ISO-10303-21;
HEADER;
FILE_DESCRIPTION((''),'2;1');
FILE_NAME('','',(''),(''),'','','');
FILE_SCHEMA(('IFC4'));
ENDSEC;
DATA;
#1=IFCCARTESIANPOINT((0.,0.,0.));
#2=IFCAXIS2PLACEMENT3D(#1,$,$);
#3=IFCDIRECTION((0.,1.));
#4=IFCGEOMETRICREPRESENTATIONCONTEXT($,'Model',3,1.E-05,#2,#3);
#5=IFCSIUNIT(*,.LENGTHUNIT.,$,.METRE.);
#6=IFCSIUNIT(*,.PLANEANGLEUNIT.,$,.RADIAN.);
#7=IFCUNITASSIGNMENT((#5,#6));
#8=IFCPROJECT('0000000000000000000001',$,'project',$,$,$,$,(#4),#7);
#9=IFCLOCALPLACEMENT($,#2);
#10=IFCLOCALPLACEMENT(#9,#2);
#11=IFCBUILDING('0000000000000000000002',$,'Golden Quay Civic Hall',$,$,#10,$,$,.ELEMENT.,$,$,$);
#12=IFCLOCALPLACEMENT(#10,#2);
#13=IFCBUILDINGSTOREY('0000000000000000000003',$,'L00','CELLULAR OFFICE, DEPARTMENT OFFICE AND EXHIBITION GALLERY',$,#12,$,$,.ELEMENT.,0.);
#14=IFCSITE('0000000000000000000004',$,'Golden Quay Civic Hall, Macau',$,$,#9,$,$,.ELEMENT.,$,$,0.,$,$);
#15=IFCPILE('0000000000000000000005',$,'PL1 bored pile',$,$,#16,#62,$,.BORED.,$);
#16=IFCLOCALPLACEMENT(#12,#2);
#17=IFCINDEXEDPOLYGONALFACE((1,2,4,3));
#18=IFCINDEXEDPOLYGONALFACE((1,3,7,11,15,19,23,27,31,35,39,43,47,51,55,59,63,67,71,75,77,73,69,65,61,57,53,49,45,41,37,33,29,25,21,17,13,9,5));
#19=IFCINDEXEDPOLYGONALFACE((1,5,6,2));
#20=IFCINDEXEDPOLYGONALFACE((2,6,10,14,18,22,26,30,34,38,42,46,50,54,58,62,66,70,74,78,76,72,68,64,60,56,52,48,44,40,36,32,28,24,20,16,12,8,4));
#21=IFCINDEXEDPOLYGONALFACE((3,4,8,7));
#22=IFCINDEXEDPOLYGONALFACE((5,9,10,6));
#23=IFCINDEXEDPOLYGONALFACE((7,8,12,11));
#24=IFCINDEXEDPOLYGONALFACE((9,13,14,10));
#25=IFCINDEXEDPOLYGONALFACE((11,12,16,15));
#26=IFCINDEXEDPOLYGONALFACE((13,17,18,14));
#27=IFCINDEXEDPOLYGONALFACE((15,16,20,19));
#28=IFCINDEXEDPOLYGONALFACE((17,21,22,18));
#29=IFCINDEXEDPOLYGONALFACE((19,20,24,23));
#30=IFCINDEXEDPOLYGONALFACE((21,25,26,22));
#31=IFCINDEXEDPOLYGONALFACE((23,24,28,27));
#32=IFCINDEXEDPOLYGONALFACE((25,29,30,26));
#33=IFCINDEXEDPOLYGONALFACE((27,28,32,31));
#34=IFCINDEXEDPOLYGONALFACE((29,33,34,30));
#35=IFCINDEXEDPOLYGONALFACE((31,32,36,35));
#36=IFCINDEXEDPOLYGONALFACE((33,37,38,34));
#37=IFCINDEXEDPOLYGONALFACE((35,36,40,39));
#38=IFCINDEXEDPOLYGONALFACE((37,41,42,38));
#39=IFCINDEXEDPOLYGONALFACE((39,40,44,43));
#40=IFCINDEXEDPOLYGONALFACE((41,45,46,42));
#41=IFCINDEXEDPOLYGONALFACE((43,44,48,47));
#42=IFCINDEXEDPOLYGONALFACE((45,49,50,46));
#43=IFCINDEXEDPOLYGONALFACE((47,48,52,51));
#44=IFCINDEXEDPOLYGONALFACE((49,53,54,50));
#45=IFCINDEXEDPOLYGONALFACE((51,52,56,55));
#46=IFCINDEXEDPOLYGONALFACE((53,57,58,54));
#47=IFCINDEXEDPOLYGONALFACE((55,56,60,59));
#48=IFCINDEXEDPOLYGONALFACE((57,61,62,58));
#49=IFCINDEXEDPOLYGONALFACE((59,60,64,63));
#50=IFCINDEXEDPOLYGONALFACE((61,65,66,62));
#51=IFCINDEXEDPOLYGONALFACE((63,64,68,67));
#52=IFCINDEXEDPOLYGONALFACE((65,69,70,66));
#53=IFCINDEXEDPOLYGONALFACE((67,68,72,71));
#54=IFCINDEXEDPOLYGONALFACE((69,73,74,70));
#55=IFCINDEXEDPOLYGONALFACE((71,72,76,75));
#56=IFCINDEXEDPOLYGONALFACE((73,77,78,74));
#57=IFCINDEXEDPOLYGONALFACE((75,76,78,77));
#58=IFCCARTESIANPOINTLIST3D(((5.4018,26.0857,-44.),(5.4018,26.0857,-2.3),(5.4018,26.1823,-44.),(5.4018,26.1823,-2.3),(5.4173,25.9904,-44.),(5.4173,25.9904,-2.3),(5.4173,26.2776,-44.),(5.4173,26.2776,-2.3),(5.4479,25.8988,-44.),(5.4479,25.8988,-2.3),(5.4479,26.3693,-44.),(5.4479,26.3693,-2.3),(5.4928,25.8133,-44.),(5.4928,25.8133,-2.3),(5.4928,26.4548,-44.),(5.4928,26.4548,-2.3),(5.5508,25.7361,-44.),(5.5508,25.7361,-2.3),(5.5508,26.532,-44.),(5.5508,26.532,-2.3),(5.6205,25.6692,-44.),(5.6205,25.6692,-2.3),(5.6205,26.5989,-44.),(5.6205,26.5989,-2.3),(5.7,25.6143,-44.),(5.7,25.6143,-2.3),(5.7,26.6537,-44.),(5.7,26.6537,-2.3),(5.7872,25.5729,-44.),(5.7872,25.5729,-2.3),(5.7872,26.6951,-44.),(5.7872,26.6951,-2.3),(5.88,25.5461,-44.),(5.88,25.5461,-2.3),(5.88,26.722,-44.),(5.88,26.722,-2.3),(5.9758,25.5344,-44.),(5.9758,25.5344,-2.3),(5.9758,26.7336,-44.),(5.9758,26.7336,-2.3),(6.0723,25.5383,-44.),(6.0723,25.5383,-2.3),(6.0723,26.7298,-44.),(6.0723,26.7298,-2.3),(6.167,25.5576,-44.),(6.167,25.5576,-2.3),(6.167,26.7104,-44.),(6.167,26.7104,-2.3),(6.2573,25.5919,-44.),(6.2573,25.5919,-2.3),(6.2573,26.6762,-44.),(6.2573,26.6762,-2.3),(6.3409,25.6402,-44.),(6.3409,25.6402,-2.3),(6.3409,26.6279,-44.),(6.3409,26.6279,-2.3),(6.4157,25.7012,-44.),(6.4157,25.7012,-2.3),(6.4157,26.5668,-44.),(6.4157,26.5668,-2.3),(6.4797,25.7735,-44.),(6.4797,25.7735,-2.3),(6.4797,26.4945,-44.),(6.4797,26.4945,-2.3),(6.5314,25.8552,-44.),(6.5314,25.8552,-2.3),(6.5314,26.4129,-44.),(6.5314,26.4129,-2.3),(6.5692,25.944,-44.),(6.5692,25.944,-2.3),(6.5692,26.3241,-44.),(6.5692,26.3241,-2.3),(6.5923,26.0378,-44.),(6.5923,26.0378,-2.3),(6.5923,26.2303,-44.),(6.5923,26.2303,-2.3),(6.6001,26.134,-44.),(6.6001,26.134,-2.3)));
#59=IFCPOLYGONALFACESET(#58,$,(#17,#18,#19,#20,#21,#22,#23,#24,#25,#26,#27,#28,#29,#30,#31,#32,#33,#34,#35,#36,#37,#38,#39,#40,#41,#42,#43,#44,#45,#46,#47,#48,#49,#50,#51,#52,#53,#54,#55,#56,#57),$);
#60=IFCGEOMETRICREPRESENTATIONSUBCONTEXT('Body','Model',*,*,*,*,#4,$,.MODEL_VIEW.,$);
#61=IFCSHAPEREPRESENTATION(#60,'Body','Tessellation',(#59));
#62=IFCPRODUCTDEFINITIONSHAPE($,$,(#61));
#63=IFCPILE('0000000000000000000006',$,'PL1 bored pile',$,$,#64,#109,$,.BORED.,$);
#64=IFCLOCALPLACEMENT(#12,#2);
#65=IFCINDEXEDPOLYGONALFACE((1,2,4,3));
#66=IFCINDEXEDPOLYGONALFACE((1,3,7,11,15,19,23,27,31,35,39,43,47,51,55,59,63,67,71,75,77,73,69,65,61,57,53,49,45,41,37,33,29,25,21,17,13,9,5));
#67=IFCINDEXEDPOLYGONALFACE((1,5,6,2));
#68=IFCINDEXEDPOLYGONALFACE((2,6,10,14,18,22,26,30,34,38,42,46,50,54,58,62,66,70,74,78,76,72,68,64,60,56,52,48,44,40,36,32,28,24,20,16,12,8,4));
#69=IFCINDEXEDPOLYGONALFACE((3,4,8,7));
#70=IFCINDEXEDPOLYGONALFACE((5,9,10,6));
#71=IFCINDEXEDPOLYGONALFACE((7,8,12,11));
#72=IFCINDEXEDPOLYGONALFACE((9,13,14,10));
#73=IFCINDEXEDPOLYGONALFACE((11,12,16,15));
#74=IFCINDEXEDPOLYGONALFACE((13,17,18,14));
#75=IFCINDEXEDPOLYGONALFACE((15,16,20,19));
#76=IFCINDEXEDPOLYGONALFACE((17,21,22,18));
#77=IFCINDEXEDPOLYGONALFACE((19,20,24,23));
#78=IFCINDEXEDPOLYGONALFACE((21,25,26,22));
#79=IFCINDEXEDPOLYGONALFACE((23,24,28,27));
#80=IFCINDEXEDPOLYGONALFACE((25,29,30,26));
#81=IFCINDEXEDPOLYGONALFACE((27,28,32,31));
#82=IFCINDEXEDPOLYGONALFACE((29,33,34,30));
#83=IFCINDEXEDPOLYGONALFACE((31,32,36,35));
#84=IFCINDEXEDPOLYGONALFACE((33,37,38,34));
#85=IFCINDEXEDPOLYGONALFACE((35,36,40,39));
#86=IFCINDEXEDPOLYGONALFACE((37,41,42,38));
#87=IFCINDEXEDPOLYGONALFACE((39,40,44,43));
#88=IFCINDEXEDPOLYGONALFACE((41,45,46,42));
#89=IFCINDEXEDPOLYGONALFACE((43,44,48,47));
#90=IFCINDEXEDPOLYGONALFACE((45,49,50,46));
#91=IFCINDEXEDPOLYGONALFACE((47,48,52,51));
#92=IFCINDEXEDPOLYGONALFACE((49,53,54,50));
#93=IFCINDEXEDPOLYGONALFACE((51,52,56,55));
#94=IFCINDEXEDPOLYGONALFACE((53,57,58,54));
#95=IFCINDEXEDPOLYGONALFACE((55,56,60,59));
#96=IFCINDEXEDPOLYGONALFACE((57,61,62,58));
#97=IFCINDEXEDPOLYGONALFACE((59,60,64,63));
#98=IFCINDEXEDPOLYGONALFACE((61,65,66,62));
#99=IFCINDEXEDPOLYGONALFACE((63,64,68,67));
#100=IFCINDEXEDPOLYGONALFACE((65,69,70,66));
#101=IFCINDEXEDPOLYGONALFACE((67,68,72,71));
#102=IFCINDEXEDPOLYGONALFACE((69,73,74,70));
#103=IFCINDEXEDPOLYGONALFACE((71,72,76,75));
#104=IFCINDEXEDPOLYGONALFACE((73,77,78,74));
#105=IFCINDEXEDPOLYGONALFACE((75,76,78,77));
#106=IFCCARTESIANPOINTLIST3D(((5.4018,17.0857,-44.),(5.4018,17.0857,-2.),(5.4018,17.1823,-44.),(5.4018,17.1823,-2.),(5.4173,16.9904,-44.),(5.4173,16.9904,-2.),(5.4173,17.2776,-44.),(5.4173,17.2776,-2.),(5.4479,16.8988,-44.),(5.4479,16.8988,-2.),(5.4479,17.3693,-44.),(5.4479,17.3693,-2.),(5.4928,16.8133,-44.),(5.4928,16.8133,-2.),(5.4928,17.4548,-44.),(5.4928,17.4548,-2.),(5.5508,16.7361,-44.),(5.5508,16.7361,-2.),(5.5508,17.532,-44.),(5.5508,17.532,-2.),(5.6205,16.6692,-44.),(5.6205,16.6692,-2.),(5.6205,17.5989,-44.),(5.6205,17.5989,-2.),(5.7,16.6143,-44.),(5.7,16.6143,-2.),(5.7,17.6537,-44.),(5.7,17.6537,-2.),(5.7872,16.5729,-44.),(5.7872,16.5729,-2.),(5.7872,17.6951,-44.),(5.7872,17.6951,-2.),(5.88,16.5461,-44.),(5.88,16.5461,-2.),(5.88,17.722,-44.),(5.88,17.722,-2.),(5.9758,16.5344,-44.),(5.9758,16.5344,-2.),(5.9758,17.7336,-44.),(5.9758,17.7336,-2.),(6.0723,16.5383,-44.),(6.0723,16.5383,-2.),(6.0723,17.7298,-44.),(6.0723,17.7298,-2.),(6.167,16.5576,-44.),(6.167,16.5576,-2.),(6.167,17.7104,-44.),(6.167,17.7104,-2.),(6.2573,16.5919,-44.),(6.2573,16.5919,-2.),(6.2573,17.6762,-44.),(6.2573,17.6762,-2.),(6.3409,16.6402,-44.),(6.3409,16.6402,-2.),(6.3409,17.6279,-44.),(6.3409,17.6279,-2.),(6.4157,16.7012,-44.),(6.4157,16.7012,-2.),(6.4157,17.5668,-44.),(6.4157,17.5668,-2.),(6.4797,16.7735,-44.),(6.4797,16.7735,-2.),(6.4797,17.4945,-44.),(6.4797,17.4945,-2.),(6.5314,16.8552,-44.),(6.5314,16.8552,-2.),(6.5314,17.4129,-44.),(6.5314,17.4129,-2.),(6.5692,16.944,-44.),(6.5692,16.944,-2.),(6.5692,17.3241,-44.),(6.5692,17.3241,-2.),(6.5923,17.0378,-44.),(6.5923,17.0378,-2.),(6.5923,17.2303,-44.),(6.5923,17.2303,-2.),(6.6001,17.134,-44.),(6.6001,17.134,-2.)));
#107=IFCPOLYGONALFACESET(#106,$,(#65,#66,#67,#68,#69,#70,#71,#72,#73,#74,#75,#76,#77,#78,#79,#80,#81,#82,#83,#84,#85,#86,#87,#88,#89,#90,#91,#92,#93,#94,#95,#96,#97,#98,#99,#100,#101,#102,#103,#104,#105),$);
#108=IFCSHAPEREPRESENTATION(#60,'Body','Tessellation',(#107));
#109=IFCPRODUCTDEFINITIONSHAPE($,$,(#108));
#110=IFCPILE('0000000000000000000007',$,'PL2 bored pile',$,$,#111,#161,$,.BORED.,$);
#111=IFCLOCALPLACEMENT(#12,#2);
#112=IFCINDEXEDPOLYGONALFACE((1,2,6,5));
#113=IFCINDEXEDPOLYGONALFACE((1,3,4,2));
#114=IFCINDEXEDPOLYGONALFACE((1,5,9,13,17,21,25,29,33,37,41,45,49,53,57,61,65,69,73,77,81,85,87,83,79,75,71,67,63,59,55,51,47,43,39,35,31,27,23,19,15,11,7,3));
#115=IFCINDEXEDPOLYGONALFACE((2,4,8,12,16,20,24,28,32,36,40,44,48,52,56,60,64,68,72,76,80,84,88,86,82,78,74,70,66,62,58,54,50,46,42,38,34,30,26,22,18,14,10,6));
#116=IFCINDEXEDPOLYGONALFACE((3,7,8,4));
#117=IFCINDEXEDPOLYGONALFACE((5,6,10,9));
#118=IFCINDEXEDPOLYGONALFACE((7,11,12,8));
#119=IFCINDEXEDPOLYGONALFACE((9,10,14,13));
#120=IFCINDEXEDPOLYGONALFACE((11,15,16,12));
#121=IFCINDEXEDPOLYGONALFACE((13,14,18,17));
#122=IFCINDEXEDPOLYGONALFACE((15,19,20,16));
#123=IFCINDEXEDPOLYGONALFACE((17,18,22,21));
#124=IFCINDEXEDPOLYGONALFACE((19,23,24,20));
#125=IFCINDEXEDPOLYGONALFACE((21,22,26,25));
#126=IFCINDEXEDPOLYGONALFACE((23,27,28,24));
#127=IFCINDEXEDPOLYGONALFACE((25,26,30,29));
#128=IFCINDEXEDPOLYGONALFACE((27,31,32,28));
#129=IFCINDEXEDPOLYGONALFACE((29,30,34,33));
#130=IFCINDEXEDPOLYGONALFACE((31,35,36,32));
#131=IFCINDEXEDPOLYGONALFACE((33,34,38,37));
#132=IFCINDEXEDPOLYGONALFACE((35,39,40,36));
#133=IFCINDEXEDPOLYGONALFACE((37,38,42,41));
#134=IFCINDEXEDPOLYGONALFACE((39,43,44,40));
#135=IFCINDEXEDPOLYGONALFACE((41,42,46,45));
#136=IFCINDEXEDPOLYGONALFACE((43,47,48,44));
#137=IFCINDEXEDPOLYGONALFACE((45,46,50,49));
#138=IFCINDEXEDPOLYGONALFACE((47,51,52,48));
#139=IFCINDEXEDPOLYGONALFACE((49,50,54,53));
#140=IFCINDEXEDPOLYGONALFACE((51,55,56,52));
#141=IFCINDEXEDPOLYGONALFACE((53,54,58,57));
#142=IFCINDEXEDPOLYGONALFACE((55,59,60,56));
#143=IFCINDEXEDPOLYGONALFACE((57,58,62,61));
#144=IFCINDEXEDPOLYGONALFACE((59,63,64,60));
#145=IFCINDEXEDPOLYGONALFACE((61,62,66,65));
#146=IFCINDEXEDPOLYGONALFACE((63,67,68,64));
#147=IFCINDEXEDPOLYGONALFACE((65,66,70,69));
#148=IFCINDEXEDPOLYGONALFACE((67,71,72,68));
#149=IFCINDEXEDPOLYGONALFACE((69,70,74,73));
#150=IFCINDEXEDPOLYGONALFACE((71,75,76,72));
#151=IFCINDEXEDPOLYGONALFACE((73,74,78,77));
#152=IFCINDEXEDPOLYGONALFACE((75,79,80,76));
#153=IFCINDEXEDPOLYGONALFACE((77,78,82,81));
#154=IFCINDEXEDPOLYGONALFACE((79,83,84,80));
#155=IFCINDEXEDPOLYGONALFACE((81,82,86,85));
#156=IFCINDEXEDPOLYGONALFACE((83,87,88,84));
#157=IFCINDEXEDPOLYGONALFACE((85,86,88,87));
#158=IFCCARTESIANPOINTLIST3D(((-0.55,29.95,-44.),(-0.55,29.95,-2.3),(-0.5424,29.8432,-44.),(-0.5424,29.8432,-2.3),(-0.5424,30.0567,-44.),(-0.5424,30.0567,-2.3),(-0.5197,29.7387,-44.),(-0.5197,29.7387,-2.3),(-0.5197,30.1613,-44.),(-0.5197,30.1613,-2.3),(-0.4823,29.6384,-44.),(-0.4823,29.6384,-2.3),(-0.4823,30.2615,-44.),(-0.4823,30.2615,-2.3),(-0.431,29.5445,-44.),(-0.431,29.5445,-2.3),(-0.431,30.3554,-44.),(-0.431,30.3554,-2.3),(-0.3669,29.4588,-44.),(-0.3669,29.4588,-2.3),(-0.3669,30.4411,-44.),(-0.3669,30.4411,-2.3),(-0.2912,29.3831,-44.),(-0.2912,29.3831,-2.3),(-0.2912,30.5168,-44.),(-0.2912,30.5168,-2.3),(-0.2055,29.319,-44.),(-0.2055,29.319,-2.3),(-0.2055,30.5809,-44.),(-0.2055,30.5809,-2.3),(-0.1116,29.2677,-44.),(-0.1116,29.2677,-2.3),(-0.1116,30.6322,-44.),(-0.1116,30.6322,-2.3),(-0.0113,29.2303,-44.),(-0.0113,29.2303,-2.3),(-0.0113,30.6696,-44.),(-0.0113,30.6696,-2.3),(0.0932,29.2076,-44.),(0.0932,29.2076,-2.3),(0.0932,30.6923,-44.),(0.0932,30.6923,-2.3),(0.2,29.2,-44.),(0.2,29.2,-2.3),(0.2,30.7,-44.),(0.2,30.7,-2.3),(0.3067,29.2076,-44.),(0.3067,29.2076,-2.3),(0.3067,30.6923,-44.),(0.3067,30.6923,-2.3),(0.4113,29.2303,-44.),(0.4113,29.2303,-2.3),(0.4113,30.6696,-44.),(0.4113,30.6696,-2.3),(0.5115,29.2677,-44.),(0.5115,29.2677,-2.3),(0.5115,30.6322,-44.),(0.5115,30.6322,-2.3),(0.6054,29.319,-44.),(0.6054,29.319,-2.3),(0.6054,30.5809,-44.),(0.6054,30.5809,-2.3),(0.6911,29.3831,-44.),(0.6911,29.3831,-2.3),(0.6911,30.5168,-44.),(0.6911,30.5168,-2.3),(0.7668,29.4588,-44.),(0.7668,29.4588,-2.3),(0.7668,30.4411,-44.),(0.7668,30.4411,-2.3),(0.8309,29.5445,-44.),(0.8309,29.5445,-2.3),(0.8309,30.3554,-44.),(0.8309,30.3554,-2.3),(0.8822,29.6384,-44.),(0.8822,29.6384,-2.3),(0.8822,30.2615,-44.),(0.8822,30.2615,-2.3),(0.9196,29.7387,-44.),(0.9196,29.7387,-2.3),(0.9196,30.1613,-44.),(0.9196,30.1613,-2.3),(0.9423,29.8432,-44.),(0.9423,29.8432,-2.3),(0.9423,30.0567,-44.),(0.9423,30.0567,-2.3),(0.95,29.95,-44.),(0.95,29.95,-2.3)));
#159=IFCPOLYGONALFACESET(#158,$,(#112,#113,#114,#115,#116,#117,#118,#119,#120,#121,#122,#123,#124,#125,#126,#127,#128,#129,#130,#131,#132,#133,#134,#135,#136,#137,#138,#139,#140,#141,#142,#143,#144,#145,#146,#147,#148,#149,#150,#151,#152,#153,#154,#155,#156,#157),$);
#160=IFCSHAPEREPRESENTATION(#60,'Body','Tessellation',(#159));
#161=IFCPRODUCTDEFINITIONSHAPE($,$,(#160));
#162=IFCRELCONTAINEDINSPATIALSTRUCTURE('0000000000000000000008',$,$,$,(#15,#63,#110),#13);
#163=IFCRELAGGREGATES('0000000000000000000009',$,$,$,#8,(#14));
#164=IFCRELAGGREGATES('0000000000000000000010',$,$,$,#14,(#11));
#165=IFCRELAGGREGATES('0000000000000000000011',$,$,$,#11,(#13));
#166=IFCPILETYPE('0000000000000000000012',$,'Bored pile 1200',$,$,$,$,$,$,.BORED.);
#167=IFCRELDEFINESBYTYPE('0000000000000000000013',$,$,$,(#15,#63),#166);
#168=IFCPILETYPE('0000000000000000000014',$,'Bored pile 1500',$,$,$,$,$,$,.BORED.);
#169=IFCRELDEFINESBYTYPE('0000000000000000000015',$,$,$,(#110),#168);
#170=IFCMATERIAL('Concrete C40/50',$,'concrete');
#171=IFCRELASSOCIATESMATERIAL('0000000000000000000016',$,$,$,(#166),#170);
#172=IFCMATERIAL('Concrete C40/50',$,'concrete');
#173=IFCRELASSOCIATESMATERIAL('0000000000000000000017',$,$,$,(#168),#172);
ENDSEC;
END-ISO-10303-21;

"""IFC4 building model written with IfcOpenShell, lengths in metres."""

from ifc_helpers import new_model, si_unit, direction, frame, origin, origin_2d, place, context, subcontext, project, spatial, circle, extrude, material, material_profile, profile_set, type_object, element, save


model = new_model("IFC4")

# Units and contexts
model_context = context("Model", 3, precision=1e-05, world=origin(), true_north=direction((0.0, 1.0)))
body_context = subcontext(model_context, "Body", "Model", "MODEL_VIEW")
ifc_project = project(units=[si_unit("LENGTHUNIT", "METRE"), si_unit("PLANEANGLEUNIT", "RADIAN")], contexts=[model_context])

# Site, building, storey
site_placement = place(None, origin())
site = spatial("IfcSite", under=ifc_project, at=site_placement, Name="Golden Quay Civic Hall, Macau", CompositionType="ELEMENT", RefElevation=0.0)
building_placement = place(site_placement, origin())
building = spatial("IfcBuilding", under=site, at=building_placement, Name="Golden Quay Civic Hall", CompositionType="ELEMENT")
storey_placement = place(building_placement, origin())
storey = spatial("IfcBuildingStorey", under=building, at=storey_placement, Name="L00", Description="CELLULAR OFFICE, DEPARTMENT OFFICE AND EXHIBITION GALLERY", CompositionType="ELEMENT", Elevation=0.0)

# Piles
ifc_material_1 = material(Name="Concrete C40/50", Category="concrete")
ifc_material_profile_1 = material_profile(ifc_material_1, circle(Radius=0.6001, at=origin_2d()), Name="RC D1200")
ifc_profile_set_1 = profile_set([ifc_material_profile_1], Name="Concrete C40/50")
pile_type_1 = type_object("IfcPileType", Name="Bored pile 1200", PredefinedType="BORED", material=ifc_profile_set_1)
for number, where, z_axis, x_axis, name in (
    (1, (6.0, 26.134, -2.3), (0.0, 0.0, -1.0), (1.0, 0.0, 0.0), "PL1 bored pile"),
):
    element("IfcPile", number, at=place(storey_placement, frame(where, z_axis=z_axis, x_axis=x_axis)), inside=storey, type_object=pile_type_1, Name=name, PredefinedType="BORED", context=body_context, shape_type="SweptSolid", body=[
        extrude(circle(Radius=0.6001, at=origin_2d()), origin(), (0.0, 0.0, 1.0), 41.7),
    ])
pile_1_placement = place(storey_placement, frame((6.0, 17.134, -2.0), z_axis=(0.0, 0.0, -1.0), x_axis=(1.0, 0.0, 0.0)))
element("IfcPile", 2, at=pile_1_placement, inside=storey, type_object=pile_type_1, Name="PL1 bored pile", PredefinedType="BORED", context=body_context, shape_type="SweptSolid", body=[
    extrude(circle(Radius=0.6001, at=origin_2d()), origin(), (0.0, 0.0, 1.0), 42.0),
])
ifc_material_2 = material(Name="Concrete C40/50", Category="concrete")
ifc_material_profile_2 = material_profile(ifc_material_2, circle(Radius=0.75, at=origin_2d()), Name="RC D1500")
ifc_profile_set_2 = profile_set([ifc_material_profile_2], Name="Concrete C40/50")
pile_type_2 = type_object("IfcPileType", Name="Bored pile 1500", PredefinedType="BORED", material=ifc_profile_set_2)
pile_2_placement = place(storey_placement, frame((0.2, 29.95, -2.3), z_axis=(0.0, 0.0, -1.0), x_axis=(1.0, 0.0, 0.0)))
element("IfcPile", 3, at=pile_2_placement, inside=storey, type_object=pile_type_2, Name="PL2 bored pile", PredefinedType="BORED", context=body_context, shape_type="SweptSolid", body=[
    extrude(circle(Radius=0.75, at=origin_2d()), origin(), (0.0, 0.0, 1.0), 41.7),
])

save(model, "model.ifc")
